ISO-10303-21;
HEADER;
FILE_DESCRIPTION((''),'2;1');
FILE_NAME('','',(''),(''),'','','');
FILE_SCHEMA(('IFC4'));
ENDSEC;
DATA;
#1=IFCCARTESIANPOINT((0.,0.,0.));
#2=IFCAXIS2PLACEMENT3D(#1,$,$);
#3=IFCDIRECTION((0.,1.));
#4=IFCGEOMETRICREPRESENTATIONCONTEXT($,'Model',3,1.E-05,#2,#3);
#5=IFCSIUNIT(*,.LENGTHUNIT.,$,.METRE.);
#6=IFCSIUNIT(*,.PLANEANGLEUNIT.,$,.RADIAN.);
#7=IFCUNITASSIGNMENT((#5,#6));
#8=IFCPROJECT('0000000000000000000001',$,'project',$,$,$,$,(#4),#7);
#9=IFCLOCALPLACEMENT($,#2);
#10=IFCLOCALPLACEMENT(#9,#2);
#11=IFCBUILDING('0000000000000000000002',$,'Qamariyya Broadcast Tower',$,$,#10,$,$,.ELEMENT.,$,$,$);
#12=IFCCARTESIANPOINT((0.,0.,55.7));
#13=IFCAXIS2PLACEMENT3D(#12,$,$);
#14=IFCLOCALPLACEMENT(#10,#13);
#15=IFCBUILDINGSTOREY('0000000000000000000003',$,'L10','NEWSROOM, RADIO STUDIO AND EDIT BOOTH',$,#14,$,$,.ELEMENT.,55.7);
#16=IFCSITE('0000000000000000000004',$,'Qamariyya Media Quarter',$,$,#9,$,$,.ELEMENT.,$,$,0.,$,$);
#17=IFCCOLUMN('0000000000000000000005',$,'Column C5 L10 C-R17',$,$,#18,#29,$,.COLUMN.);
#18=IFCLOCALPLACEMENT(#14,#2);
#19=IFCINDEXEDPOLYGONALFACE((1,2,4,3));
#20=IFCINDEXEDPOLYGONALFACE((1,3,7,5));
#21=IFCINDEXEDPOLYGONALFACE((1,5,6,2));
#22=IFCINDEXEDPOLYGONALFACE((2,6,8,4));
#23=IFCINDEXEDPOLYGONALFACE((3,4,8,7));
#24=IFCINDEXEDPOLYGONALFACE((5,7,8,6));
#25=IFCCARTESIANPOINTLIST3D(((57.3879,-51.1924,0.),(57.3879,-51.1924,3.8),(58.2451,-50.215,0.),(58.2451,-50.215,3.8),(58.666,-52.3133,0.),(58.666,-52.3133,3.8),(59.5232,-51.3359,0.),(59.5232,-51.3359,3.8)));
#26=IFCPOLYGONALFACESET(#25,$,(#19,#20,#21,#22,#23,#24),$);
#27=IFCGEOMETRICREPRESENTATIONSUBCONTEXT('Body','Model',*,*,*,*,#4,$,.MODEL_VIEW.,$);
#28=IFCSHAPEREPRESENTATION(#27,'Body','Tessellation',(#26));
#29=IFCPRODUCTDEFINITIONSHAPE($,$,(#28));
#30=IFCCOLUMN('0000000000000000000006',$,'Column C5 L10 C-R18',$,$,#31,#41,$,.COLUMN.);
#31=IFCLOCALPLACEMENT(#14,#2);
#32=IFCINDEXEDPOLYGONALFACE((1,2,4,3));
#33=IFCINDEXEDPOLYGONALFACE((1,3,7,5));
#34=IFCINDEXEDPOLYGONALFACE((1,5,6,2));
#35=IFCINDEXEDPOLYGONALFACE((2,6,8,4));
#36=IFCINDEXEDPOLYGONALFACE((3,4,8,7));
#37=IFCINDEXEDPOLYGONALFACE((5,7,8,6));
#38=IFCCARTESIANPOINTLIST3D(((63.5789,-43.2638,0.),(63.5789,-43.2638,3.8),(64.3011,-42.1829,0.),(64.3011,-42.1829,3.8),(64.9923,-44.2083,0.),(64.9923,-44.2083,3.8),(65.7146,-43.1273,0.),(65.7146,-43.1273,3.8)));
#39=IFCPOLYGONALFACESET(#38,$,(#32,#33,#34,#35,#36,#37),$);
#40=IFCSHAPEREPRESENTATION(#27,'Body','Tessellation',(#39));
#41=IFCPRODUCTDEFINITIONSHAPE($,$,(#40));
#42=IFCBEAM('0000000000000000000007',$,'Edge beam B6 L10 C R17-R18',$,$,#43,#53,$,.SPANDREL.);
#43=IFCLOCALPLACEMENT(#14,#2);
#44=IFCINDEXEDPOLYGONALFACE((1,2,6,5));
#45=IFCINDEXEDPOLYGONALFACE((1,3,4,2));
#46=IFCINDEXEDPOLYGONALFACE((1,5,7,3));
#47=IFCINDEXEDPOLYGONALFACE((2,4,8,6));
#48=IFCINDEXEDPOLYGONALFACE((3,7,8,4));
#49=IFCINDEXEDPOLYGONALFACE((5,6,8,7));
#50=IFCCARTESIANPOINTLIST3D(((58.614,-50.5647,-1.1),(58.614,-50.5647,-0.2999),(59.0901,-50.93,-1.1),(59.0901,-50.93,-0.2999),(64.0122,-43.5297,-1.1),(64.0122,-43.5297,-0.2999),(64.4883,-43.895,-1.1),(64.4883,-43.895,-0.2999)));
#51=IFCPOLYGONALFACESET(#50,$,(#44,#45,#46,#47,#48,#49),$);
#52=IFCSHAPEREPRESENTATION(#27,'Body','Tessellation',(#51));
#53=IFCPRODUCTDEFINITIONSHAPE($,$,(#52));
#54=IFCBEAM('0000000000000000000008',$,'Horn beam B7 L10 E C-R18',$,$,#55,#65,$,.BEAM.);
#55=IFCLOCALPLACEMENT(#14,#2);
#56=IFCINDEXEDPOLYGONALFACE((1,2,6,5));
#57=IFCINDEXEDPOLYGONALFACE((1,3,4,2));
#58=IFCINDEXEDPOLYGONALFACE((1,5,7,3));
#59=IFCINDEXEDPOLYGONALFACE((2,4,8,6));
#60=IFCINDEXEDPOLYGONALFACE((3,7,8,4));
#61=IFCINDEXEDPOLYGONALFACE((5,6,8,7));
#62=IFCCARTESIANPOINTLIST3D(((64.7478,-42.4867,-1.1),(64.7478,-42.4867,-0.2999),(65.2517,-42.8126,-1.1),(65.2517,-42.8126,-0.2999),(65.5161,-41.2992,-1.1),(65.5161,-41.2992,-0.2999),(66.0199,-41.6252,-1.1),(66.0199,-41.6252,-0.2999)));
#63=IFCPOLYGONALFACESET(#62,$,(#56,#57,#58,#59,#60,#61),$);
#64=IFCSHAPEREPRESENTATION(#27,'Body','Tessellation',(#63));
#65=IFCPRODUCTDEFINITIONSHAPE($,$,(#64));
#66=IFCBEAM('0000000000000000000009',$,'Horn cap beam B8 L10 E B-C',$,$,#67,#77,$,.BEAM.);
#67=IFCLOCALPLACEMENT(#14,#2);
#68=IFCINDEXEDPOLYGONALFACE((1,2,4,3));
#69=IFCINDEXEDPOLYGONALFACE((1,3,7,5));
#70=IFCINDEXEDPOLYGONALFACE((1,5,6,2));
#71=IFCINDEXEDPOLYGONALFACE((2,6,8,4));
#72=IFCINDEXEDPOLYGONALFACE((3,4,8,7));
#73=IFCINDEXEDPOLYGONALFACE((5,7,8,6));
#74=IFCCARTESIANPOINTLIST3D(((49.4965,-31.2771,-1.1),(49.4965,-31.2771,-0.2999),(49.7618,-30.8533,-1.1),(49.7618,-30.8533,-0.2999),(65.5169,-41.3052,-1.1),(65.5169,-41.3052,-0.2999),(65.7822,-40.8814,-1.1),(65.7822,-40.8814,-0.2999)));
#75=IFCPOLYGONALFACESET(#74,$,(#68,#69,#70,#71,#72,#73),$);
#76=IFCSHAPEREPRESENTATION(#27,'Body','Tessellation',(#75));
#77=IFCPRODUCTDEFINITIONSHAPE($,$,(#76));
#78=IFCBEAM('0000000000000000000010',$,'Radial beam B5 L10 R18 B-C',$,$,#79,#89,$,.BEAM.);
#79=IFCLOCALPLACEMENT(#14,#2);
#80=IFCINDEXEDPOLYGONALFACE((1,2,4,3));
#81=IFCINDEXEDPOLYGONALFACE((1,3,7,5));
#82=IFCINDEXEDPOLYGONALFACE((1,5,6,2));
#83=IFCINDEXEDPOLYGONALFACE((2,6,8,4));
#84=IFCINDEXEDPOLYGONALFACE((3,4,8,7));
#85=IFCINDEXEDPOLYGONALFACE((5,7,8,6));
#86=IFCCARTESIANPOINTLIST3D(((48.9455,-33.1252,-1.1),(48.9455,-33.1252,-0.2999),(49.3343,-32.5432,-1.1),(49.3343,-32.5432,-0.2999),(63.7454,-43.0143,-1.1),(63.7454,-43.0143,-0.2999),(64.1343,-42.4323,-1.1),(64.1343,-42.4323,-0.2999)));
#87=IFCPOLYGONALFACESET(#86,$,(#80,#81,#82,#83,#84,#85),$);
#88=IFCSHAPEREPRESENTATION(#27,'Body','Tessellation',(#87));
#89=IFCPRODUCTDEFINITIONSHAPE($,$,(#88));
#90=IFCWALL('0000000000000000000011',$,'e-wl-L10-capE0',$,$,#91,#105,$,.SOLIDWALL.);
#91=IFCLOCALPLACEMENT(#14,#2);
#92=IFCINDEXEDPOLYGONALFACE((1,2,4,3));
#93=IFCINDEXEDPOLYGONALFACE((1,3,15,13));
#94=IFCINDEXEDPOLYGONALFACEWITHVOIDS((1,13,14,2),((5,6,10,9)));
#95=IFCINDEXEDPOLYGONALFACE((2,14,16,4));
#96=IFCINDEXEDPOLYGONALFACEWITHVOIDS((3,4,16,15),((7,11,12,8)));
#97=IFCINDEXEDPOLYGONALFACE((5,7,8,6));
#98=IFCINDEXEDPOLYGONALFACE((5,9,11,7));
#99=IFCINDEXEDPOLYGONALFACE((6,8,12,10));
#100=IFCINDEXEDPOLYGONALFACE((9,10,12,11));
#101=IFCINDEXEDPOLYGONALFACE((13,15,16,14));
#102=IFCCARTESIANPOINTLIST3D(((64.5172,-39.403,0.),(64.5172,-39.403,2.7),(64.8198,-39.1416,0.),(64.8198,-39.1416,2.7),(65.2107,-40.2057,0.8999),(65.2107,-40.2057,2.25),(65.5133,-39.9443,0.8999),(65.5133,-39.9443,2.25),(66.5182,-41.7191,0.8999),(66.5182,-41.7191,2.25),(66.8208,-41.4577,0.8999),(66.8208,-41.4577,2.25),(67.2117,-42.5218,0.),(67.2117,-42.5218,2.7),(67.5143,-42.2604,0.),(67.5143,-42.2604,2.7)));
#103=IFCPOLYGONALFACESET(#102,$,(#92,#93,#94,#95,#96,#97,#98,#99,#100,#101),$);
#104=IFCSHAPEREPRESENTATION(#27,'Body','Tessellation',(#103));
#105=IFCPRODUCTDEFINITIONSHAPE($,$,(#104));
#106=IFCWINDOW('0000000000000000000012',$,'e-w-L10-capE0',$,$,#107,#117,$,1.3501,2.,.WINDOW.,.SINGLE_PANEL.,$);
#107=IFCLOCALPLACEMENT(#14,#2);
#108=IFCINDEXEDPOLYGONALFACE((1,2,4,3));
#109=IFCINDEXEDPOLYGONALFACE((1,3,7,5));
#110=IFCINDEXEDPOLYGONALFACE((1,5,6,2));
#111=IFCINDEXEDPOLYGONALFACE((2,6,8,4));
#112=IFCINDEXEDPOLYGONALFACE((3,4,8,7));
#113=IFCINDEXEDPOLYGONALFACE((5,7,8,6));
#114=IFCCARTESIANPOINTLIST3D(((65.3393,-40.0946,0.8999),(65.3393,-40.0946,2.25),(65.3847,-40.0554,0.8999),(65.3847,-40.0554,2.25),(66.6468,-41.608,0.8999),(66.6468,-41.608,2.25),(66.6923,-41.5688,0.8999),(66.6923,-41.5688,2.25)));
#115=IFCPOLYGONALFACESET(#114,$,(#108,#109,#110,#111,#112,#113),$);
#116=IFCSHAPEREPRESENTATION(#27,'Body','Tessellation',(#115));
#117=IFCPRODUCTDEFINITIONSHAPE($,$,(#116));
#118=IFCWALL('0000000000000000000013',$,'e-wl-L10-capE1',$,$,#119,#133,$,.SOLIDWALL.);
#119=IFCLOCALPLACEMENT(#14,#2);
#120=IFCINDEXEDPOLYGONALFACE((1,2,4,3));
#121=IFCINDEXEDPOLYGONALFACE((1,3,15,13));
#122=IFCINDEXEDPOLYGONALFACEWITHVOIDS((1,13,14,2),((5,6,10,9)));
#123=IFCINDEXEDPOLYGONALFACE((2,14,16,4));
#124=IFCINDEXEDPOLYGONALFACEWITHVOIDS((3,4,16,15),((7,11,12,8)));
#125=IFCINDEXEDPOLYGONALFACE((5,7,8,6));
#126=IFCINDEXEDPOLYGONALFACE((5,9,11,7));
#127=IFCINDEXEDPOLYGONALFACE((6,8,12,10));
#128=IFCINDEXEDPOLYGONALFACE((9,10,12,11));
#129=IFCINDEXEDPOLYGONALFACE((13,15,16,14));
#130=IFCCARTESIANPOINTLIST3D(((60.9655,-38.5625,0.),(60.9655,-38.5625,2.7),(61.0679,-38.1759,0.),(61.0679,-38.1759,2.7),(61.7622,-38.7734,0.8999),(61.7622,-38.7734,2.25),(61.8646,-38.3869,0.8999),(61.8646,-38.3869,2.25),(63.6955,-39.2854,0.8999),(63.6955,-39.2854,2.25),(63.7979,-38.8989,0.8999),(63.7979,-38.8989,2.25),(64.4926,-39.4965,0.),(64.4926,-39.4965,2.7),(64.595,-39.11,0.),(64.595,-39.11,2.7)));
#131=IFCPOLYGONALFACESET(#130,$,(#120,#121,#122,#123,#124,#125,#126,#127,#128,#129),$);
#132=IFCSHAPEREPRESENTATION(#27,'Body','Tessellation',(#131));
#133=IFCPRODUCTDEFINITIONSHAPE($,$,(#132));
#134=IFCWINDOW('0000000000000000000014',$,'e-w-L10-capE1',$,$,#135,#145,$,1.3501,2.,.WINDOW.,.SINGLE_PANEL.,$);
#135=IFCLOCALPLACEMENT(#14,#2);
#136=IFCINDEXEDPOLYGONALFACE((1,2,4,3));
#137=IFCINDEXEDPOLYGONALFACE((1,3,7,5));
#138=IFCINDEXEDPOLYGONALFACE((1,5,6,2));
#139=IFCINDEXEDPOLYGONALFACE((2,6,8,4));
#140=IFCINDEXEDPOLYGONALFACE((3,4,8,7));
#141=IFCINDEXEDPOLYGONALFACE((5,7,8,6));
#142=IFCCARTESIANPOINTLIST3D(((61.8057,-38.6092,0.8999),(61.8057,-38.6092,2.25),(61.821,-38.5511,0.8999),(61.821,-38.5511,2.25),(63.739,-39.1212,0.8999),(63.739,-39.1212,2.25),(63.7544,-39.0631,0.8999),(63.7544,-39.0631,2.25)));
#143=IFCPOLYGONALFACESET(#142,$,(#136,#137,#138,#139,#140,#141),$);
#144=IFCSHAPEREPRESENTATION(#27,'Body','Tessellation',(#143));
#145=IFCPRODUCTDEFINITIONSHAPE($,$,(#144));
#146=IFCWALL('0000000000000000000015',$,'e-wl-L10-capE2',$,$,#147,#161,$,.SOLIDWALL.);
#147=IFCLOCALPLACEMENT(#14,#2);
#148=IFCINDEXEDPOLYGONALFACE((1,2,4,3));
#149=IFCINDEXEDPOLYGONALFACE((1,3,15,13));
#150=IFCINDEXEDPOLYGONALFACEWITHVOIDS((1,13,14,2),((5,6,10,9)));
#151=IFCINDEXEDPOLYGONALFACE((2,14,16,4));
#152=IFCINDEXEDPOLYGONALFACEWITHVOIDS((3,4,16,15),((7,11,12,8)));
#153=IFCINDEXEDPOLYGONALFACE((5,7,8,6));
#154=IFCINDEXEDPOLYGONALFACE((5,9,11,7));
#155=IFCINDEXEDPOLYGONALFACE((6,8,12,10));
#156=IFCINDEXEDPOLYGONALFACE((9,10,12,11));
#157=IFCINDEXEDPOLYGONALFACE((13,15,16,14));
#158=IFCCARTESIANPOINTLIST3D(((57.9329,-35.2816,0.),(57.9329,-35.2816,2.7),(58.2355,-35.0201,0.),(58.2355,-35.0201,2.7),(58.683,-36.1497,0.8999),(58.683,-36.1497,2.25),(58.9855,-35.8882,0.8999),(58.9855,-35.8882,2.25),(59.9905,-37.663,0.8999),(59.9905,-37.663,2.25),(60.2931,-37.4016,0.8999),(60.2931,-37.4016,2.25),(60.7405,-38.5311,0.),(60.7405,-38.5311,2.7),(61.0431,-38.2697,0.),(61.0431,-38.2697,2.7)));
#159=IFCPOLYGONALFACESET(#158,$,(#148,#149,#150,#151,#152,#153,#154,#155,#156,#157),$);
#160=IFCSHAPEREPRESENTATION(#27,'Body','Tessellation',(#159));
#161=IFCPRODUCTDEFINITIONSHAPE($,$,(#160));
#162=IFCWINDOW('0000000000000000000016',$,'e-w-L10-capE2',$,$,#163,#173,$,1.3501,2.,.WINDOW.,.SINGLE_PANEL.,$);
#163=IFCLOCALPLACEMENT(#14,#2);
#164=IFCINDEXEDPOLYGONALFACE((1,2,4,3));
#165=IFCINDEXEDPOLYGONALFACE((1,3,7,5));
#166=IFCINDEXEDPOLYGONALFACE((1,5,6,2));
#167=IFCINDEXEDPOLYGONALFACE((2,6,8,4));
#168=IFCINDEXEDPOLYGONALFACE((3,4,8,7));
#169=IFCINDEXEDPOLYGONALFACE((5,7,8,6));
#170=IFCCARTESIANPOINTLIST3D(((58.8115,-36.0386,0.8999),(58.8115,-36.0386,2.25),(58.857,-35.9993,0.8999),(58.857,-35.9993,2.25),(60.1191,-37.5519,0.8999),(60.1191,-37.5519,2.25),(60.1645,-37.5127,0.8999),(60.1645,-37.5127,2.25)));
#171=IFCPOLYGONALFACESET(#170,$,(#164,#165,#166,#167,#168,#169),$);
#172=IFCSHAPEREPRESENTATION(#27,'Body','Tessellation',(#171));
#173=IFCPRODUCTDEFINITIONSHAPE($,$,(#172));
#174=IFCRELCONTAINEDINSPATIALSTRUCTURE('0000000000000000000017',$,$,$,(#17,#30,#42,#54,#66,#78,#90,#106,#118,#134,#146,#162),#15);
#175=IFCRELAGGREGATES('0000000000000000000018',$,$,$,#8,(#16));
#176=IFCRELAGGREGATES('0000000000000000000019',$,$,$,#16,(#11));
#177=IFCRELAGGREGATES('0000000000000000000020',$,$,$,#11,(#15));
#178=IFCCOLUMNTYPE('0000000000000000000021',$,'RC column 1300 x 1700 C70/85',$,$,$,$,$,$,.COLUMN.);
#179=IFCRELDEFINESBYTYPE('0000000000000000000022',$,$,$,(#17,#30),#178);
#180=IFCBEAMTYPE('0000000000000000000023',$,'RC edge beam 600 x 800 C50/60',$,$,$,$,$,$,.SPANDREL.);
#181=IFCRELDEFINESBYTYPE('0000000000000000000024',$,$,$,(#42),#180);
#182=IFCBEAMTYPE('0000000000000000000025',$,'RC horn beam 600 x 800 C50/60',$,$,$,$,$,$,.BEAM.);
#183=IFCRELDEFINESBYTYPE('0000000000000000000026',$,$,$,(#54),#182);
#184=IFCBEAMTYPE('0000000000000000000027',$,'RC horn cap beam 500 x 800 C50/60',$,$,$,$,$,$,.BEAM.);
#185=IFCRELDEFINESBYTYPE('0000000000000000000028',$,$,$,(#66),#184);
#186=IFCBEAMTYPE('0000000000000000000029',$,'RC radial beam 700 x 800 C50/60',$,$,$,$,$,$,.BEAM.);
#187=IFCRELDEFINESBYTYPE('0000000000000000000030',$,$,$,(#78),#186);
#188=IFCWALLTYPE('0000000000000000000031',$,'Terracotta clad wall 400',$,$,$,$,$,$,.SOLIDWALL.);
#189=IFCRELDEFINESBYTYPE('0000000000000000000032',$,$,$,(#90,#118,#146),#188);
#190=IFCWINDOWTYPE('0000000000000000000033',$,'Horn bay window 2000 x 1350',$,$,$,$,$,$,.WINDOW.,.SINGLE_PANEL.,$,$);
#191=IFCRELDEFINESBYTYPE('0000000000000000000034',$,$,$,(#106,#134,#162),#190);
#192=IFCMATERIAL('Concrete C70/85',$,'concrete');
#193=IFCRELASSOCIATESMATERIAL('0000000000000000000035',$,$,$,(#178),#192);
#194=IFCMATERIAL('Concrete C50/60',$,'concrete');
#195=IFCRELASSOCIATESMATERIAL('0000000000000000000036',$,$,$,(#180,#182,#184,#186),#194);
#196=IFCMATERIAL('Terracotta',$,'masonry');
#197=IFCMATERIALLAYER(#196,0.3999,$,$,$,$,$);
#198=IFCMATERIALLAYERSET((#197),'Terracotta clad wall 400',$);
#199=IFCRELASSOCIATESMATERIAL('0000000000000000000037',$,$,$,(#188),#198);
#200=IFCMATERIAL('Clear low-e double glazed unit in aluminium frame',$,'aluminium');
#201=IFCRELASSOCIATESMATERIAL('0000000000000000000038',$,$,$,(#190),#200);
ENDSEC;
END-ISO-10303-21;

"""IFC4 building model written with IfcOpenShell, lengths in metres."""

from ifc_helpers import new_model, si_unit, direction, frame, frame_2d, origin, origin_2d, place, context, subcontext, project, spatial, rectangle, extrude, material, layer, layer_set, material_profile, profile_set, type_object, element, fill, save


model = new_model("IFC4")

# Units and contexts
model_context = context("Model", 3, precision=1e-05, world=origin(), true_north=direction((0.0, 1.0)))
body_context = subcontext(model_context, "Body", "Model", "MODEL_VIEW")
ifc_project = project(units=[si_unit("LENGTHUNIT", "METRE"), si_unit("PLANEANGLEUNIT", "RADIAN")], contexts=[model_context])

# Site, building, storey
site_placement = place(None, origin())
site = spatial("IfcSite", under=ifc_project, at=site_placement, Name="Qamariyya Media Quarter", CompositionType="ELEMENT", RefElevation=0.0)
building_placement = place(site_placement, origin())
building = spatial("IfcBuilding", under=site, at=building_placement, Name="Qamariyya Broadcast Tower", CompositionType="ELEMENT")
storey_placement = place(building_placement, frame((0.0, 0.0, 55.7)))
storey = spatial("IfcBuildingStorey", under=building, at=storey_placement, Name="L10", Description="NEWSROOM, RADIO STUDIO AND EDIT BOOTH", CompositionType="ELEMENT", Elevation=55.7)

# Columns
ifc_material_1 = material(Name="Concrete C70/85", Category="concrete")
ifc_material_profile_1 = material_profile(ifc_material_1, rectangle(XDim=1.3, YDim=1.7, at=origin_2d()))
ifc_profile_set_1 = profile_set([ifc_material_profile_1], Name="Concrete C70/85")
column_type = type_object("IfcColumnType", Name="RC column 1300 x 1700 C70/85", PredefinedType="COLUMN", material=ifc_profile_set_1)
for number, where, z_axis, x_axis, name in (
    (1, (58.4556, -51.2642, 0.0), (0.0, 0.0, 1.0), (0.659346, 0.75184, 0.0), "Column C5 L10 C-R17"),
    (2, (64.6467, -43.1956, 0.0), (0.0, 0.0, 1.0), (0.55557, 0.83147, 0.0), "Column C5 L10 C-R18"),
):
    element("IfcColumn", number, at=place(storey_placement, frame(where, z_axis=z_axis, x_axis=x_axis)), inside=storey, type_object=column_type, Name=name, PredefinedType="COLUMN", context=body_context, shape_type="SweptSolid", body=[
        extrude(rectangle(XDim=1.3, YDim=1.7, at=origin_2d()), origin(), (0.0, 0.0, 1.0), 3.8),
    ])

# Beams
ifc_material_2 = material(Name="Concrete C50/60", Category="concrete")
ifc_material_profile_2 = material_profile(ifc_material_2, rectangle(XDim=0.6001, YDim=0.8, at=origin_2d()))
ifc_profile_set_2 = profile_set([ifc_material_profile_2], Name="Concrete C50/60")
beam_type_1 = type_object("IfcBeamType", Name="RC edge beam 600 x 800 C50/60", PredefinedType="SPANDREL", material=ifc_profile_set_2)
beam_1_placement = place(storey_placement, frame((58.8521, -50.7473, -0.7), z_axis=(0.60877, 0.793347, 0.0), x_axis=(-0.793347, 0.60877, 0.0)))
element("IfcBeam", 3, at=beam_1_placement, inside=storey, type_object=beam_type_1, Name="Edge beam B6 L10 C R17-R18", PredefinedType="SPANDREL", context=body_context, shape_type="SweptSolid", body=[
    extrude(rectangle(XDim=0.6001, YDim=0.8, at=origin_2d()), origin(), (0.0, 0.0, 1.0), 8.8674),
])
ifc_material_profile_3 = material_profile(ifc_material_2, rectangle(XDim=0.6001, YDim=0.8, at=origin_2d()))
ifc_profile_set_3 = profile_set([ifc_material_profile_3], Name="Concrete C50/60")
beam_type_2 = type_object("IfcBeamType", Name="RC horn beam 600 x 800 C50/60", PredefinedType="BEAM", material=ifc_profile_set_3)
beam_2_placement = place(storey_placement, frame((64.9998, -42.6497, -0.7), z_axis=(0.543215, 0.839593, 0.0), x_axis=(-0.839593, 0.543215, 0.0)))
element("IfcBeam", 4, at=beam_2_placement, inside=storey, type_object=beam_type_2, Name="Horn beam B7 L10 E C-R18", PredefinedType="BEAM", context=body_context, shape_type="SweptSolid", body=[
    extrude(rectangle(XDim=0.6001, YDim=0.8, at=origin_2d()), origin(), (0.0, 0.0, 1.0), 1.4143),
])
ifc_material_profile_4 = material_profile(ifc_material_2, rectangle(XDim=0.5, YDim=0.8, at=origin_2d()))
ifc_profile_set_4 = profile_set([ifc_material_profile_4], Name="Concrete C50/60")
beam_type_3 = type_object("IfcBeamType", Name="RC horn cap beam 500 x 800 C50/60", PredefinedType="BEAM", material=ifc_profile_set_4)
beam_3_placement = place(storey_placement, frame((49.6292, -31.0652, -0.7), z_axis=(0.847632, -0.530585, 0.0), x_axis=(0.530585, 0.847632, 0.0)))
element("IfcBeam", 5, at=beam_3_placement, inside=storey, type_object=beam_type_3, Name="Horn cap beam B8 L10 E B-C", PredefinedType="BEAM", context=body_context, shape_type="SweptSolid", body=[
    extrude(rectangle(XDim=0.5, YDim=0.8, at=origin_2d()), origin(), (0.0, 0.0, 1.0), 18.9001),
])
ifc_material_profile_5 = material_profile(ifc_material_2, rectangle(XDim=0.7, YDim=0.8, at=origin_2d()))
ifc_profile_set_5 = profile_set([ifc_material_profile_5], Name="Concrete C50/60")
beam_type_4 = type_object("IfcBeamType", Name="RC radial beam 700 x 800 C50/60", PredefinedType="BEAM", material=ifc_profile_set_5)
beam_4_placement = place(storey_placement, frame((49.1399, -32.8342, -0.7), z_axis=(0.831467, -0.555573, 0.0), x_axis=(0.555573, 0.831467, 0.0)))
element("IfcBeam", 6, at=beam_4_placement, inside=storey, type_object=beam_type_4, Name="Radial beam B5 L10 R18 B-C", PredefinedType="BEAM", context=body_context, shape_type="SweptSolid", body=[
    extrude(rectangle(XDim=0.7, YDim=0.8, at=origin_2d()), origin(), (0.0, 0.0, 1.0), 17.7998),
])

# Walls, openings, windows
ifc_material_3 = material(Name="Terracotta", Category="masonry")
ifc_layer = layer(ifc_material_3, 0.3999)
ifc_layer_set = layer_set([ifc_layer], Name="Terracotta clad wall 400")
wall_type = type_object("IfcWallType", Name="Terracotta clad wall 400", PredefinedType="SOLIDWALL", material=ifc_layer_set)
wall_1_placement = place(storey_placement, frame((67.363, -42.3911, 0.0), z_axis=(0.0, 0.0, 1.0), x_axis=(-0.653757, 0.756704, 0.0)))
wall_1 = element("IfcWall", 7, at=wall_1_placement, inside=storey, type_object=wall_type, Name="e-wl-L10-capE0", PredefinedType="SOLIDWALL", context=body_context, shape_type="SweptSolid", body=[
    extrude(rectangle(XDim=4.1216, YDim=0.3999, at=frame_2d((2.0608, 0.0))), origin(), (0.0, 0.0, 1.0), 2.7),
])
opening_1_placement = place(wall_1_placement, frame((1.0608, 0.0, 0.8999)))
opening_1 = element("IfcOpeningElement", 8, at=opening_1_placement, cuts=wall_1, PredefinedType="OPENING", context=body_context, shape_type="SweptSolid", body=[
    extrude(rectangle(XDim=2.0, YDim=1.3501, at=frame_2d((1.0, 0.675))), frame((0.0, 0.21, 0.0), z_axis=(0.0, -1.0, 0.0), x_axis=(1.0, 0.0, 0.0)), (0.0, 0.0, 1.0), 0.4199),
])
ifc_material_4 = material(Name="Clear low-e double glazed unit in aluminium frame", Category="aluminium")
window_type = type_object("IfcWindowType", Name="Horn bay window 2000 x 1350", PartitioningType="SINGLE_PANEL", PredefinedType="WINDOW", material=ifc_material_4)
window_1_placement = place(opening_1_placement, origin())
window_1 = element("IfcWindow", 9, at=window_1_placement, inside=storey, type_object=window_type, Name="e-w-L10-capE0", OverallHeight=1.3501, OverallWidth=2.0, PartitioningType="SINGLE_PANEL", PredefinedType="WINDOW", context=body_context, shape_type="SweptSolid", body=[
    extrude(rectangle(XDim=2.0, YDim=1.3501, at=frame_2d((1.0, 0.675))), frame((0.0, 0.03, 0.0), z_axis=(0.0, -1.0, 0.0), x_axis=(1.0, 0.0, 0.0)), (0.0, 0.0, 1.0), 0.0601),
])
fill(opening_1, window_1)
wall_2_placement = place(storey_placement, frame((64.5437, -39.3032, 0.0), z_axis=(0.0, 0.0, 1.0), x_axis=(-0.966676, 0.256005, 0.0)))
wall_2 = element("IfcWall", 10, at=wall_2_placement, inside=storey, type_object=wall_type, Name="e-wl-L10-capE1", PredefinedType="SOLIDWALL", context=body_context, shape_type="SweptSolid", body=[
    extrude(rectangle(XDim=3.6487, YDim=0.3999, at=frame_2d((1.8242, 0.0))), origin(), (0.0, 0.0, 1.0), 2.7),
])
opening_2_placement = place(wall_2_placement, frame((0.8245, 0.0, 0.8999)))
opening_2 = element("IfcOpeningElement", 11, at=opening_2_placement, cuts=wall_2, PredefinedType="OPENING", context=body_context, shape_type="SweptSolid", body=[
    extrude(rectangle(XDim=2.0, YDim=1.3501, at=frame_2d((1.0, 0.675))), frame((0.0, 0.21, 0.0), z_axis=(0.0, -1.0, 0.0), x_axis=(1.0, 0.0, 0.0)), (0.0, 0.0, 1.0), 0.4199),
])
window_2_placement = place(opening_2_placement, origin())
window_2 = element("IfcWindow", 12, at=window_2_placement, inside=storey, type_object=window_type, Name="e-w-L10-capE1", OverallHeight=1.3501, OverallWidth=2.0, PartitioningType="SINGLE_PANEL", PredefinedType="WINDOW", context=body_context, shape_type="SweptSolid", body=[
    extrude(rectangle(XDim=2.0, YDim=1.3501, at=frame_2d((1.0, 0.675))), frame((0.0, 0.03, 0.0), z_axis=(0.0, -1.0, 0.0), x_axis=(1.0, 0.0, 0.0)), (0.0, 0.0, 1.0), 0.0601),
])
fill(opening_2, window_2)
wall_3_placement = place(storey_placement, frame((60.8918, -38.4004, 0.0), z_axis=(0.0, 0.0, 1.0), x_axis=(-0.653783, 0.756682, 0.0)))
wall_3 = element("IfcWall", 13, at=wall_3_placement, inside=storey, type_object=wall_type, Name="e-wl-L10-capE2", PredefinedType="SOLIDWALL", context=body_context, shape_type="SweptSolid", body=[
    extrude(rectangle(XDim=4.2944, YDim=0.3999, at=frame_2d((2.1472, 0.0))), origin(), (0.0, 0.0, 1.0), 2.7),
])
opening_3_placement = place(wall_3_placement, frame((1.1472, 0.0, 0.8999)))
opening_3 = element("IfcOpeningElement", 14, at=opening_3_placement, cuts=wall_3, PredefinedType="OPENING", context=body_context, shape_type="SweptSolid", body=[
    extrude(rectangle(XDim=2.0, YDim=1.3501, at=frame_2d((1.0, 0.675))), frame((0.0, 0.21, 0.0), z_axis=(0.0, -1.0, 0.0), x_axis=(1.0, 0.0, 0.0)), (0.0, 0.0, 1.0), 0.4199),
])
window_3_placement = place(opening_3_placement, origin())
window_3 = element("IfcWindow", 15, at=window_3_placement, inside=storey, type_object=window_type, Name="e-w-L10-capE2", OverallHeight=1.3501, OverallWidth=2.0, PartitioningType="SINGLE_PANEL", PredefinedType="WINDOW", context=body_context, shape_type="SweptSolid", body=[
    extrude(rectangle(XDim=2.0, YDim=1.3501, at=frame_2d((1.0, 0.675))), frame((0.0, 0.03, 0.0), z_axis=(0.0, -1.0, 0.0), x_axis=(1.0, 0.0, 0.0)), (0.0, 0.0, 1.0), 0.0601),
])
fill(opening_3, window_3)

save(model, "model.ifc")
